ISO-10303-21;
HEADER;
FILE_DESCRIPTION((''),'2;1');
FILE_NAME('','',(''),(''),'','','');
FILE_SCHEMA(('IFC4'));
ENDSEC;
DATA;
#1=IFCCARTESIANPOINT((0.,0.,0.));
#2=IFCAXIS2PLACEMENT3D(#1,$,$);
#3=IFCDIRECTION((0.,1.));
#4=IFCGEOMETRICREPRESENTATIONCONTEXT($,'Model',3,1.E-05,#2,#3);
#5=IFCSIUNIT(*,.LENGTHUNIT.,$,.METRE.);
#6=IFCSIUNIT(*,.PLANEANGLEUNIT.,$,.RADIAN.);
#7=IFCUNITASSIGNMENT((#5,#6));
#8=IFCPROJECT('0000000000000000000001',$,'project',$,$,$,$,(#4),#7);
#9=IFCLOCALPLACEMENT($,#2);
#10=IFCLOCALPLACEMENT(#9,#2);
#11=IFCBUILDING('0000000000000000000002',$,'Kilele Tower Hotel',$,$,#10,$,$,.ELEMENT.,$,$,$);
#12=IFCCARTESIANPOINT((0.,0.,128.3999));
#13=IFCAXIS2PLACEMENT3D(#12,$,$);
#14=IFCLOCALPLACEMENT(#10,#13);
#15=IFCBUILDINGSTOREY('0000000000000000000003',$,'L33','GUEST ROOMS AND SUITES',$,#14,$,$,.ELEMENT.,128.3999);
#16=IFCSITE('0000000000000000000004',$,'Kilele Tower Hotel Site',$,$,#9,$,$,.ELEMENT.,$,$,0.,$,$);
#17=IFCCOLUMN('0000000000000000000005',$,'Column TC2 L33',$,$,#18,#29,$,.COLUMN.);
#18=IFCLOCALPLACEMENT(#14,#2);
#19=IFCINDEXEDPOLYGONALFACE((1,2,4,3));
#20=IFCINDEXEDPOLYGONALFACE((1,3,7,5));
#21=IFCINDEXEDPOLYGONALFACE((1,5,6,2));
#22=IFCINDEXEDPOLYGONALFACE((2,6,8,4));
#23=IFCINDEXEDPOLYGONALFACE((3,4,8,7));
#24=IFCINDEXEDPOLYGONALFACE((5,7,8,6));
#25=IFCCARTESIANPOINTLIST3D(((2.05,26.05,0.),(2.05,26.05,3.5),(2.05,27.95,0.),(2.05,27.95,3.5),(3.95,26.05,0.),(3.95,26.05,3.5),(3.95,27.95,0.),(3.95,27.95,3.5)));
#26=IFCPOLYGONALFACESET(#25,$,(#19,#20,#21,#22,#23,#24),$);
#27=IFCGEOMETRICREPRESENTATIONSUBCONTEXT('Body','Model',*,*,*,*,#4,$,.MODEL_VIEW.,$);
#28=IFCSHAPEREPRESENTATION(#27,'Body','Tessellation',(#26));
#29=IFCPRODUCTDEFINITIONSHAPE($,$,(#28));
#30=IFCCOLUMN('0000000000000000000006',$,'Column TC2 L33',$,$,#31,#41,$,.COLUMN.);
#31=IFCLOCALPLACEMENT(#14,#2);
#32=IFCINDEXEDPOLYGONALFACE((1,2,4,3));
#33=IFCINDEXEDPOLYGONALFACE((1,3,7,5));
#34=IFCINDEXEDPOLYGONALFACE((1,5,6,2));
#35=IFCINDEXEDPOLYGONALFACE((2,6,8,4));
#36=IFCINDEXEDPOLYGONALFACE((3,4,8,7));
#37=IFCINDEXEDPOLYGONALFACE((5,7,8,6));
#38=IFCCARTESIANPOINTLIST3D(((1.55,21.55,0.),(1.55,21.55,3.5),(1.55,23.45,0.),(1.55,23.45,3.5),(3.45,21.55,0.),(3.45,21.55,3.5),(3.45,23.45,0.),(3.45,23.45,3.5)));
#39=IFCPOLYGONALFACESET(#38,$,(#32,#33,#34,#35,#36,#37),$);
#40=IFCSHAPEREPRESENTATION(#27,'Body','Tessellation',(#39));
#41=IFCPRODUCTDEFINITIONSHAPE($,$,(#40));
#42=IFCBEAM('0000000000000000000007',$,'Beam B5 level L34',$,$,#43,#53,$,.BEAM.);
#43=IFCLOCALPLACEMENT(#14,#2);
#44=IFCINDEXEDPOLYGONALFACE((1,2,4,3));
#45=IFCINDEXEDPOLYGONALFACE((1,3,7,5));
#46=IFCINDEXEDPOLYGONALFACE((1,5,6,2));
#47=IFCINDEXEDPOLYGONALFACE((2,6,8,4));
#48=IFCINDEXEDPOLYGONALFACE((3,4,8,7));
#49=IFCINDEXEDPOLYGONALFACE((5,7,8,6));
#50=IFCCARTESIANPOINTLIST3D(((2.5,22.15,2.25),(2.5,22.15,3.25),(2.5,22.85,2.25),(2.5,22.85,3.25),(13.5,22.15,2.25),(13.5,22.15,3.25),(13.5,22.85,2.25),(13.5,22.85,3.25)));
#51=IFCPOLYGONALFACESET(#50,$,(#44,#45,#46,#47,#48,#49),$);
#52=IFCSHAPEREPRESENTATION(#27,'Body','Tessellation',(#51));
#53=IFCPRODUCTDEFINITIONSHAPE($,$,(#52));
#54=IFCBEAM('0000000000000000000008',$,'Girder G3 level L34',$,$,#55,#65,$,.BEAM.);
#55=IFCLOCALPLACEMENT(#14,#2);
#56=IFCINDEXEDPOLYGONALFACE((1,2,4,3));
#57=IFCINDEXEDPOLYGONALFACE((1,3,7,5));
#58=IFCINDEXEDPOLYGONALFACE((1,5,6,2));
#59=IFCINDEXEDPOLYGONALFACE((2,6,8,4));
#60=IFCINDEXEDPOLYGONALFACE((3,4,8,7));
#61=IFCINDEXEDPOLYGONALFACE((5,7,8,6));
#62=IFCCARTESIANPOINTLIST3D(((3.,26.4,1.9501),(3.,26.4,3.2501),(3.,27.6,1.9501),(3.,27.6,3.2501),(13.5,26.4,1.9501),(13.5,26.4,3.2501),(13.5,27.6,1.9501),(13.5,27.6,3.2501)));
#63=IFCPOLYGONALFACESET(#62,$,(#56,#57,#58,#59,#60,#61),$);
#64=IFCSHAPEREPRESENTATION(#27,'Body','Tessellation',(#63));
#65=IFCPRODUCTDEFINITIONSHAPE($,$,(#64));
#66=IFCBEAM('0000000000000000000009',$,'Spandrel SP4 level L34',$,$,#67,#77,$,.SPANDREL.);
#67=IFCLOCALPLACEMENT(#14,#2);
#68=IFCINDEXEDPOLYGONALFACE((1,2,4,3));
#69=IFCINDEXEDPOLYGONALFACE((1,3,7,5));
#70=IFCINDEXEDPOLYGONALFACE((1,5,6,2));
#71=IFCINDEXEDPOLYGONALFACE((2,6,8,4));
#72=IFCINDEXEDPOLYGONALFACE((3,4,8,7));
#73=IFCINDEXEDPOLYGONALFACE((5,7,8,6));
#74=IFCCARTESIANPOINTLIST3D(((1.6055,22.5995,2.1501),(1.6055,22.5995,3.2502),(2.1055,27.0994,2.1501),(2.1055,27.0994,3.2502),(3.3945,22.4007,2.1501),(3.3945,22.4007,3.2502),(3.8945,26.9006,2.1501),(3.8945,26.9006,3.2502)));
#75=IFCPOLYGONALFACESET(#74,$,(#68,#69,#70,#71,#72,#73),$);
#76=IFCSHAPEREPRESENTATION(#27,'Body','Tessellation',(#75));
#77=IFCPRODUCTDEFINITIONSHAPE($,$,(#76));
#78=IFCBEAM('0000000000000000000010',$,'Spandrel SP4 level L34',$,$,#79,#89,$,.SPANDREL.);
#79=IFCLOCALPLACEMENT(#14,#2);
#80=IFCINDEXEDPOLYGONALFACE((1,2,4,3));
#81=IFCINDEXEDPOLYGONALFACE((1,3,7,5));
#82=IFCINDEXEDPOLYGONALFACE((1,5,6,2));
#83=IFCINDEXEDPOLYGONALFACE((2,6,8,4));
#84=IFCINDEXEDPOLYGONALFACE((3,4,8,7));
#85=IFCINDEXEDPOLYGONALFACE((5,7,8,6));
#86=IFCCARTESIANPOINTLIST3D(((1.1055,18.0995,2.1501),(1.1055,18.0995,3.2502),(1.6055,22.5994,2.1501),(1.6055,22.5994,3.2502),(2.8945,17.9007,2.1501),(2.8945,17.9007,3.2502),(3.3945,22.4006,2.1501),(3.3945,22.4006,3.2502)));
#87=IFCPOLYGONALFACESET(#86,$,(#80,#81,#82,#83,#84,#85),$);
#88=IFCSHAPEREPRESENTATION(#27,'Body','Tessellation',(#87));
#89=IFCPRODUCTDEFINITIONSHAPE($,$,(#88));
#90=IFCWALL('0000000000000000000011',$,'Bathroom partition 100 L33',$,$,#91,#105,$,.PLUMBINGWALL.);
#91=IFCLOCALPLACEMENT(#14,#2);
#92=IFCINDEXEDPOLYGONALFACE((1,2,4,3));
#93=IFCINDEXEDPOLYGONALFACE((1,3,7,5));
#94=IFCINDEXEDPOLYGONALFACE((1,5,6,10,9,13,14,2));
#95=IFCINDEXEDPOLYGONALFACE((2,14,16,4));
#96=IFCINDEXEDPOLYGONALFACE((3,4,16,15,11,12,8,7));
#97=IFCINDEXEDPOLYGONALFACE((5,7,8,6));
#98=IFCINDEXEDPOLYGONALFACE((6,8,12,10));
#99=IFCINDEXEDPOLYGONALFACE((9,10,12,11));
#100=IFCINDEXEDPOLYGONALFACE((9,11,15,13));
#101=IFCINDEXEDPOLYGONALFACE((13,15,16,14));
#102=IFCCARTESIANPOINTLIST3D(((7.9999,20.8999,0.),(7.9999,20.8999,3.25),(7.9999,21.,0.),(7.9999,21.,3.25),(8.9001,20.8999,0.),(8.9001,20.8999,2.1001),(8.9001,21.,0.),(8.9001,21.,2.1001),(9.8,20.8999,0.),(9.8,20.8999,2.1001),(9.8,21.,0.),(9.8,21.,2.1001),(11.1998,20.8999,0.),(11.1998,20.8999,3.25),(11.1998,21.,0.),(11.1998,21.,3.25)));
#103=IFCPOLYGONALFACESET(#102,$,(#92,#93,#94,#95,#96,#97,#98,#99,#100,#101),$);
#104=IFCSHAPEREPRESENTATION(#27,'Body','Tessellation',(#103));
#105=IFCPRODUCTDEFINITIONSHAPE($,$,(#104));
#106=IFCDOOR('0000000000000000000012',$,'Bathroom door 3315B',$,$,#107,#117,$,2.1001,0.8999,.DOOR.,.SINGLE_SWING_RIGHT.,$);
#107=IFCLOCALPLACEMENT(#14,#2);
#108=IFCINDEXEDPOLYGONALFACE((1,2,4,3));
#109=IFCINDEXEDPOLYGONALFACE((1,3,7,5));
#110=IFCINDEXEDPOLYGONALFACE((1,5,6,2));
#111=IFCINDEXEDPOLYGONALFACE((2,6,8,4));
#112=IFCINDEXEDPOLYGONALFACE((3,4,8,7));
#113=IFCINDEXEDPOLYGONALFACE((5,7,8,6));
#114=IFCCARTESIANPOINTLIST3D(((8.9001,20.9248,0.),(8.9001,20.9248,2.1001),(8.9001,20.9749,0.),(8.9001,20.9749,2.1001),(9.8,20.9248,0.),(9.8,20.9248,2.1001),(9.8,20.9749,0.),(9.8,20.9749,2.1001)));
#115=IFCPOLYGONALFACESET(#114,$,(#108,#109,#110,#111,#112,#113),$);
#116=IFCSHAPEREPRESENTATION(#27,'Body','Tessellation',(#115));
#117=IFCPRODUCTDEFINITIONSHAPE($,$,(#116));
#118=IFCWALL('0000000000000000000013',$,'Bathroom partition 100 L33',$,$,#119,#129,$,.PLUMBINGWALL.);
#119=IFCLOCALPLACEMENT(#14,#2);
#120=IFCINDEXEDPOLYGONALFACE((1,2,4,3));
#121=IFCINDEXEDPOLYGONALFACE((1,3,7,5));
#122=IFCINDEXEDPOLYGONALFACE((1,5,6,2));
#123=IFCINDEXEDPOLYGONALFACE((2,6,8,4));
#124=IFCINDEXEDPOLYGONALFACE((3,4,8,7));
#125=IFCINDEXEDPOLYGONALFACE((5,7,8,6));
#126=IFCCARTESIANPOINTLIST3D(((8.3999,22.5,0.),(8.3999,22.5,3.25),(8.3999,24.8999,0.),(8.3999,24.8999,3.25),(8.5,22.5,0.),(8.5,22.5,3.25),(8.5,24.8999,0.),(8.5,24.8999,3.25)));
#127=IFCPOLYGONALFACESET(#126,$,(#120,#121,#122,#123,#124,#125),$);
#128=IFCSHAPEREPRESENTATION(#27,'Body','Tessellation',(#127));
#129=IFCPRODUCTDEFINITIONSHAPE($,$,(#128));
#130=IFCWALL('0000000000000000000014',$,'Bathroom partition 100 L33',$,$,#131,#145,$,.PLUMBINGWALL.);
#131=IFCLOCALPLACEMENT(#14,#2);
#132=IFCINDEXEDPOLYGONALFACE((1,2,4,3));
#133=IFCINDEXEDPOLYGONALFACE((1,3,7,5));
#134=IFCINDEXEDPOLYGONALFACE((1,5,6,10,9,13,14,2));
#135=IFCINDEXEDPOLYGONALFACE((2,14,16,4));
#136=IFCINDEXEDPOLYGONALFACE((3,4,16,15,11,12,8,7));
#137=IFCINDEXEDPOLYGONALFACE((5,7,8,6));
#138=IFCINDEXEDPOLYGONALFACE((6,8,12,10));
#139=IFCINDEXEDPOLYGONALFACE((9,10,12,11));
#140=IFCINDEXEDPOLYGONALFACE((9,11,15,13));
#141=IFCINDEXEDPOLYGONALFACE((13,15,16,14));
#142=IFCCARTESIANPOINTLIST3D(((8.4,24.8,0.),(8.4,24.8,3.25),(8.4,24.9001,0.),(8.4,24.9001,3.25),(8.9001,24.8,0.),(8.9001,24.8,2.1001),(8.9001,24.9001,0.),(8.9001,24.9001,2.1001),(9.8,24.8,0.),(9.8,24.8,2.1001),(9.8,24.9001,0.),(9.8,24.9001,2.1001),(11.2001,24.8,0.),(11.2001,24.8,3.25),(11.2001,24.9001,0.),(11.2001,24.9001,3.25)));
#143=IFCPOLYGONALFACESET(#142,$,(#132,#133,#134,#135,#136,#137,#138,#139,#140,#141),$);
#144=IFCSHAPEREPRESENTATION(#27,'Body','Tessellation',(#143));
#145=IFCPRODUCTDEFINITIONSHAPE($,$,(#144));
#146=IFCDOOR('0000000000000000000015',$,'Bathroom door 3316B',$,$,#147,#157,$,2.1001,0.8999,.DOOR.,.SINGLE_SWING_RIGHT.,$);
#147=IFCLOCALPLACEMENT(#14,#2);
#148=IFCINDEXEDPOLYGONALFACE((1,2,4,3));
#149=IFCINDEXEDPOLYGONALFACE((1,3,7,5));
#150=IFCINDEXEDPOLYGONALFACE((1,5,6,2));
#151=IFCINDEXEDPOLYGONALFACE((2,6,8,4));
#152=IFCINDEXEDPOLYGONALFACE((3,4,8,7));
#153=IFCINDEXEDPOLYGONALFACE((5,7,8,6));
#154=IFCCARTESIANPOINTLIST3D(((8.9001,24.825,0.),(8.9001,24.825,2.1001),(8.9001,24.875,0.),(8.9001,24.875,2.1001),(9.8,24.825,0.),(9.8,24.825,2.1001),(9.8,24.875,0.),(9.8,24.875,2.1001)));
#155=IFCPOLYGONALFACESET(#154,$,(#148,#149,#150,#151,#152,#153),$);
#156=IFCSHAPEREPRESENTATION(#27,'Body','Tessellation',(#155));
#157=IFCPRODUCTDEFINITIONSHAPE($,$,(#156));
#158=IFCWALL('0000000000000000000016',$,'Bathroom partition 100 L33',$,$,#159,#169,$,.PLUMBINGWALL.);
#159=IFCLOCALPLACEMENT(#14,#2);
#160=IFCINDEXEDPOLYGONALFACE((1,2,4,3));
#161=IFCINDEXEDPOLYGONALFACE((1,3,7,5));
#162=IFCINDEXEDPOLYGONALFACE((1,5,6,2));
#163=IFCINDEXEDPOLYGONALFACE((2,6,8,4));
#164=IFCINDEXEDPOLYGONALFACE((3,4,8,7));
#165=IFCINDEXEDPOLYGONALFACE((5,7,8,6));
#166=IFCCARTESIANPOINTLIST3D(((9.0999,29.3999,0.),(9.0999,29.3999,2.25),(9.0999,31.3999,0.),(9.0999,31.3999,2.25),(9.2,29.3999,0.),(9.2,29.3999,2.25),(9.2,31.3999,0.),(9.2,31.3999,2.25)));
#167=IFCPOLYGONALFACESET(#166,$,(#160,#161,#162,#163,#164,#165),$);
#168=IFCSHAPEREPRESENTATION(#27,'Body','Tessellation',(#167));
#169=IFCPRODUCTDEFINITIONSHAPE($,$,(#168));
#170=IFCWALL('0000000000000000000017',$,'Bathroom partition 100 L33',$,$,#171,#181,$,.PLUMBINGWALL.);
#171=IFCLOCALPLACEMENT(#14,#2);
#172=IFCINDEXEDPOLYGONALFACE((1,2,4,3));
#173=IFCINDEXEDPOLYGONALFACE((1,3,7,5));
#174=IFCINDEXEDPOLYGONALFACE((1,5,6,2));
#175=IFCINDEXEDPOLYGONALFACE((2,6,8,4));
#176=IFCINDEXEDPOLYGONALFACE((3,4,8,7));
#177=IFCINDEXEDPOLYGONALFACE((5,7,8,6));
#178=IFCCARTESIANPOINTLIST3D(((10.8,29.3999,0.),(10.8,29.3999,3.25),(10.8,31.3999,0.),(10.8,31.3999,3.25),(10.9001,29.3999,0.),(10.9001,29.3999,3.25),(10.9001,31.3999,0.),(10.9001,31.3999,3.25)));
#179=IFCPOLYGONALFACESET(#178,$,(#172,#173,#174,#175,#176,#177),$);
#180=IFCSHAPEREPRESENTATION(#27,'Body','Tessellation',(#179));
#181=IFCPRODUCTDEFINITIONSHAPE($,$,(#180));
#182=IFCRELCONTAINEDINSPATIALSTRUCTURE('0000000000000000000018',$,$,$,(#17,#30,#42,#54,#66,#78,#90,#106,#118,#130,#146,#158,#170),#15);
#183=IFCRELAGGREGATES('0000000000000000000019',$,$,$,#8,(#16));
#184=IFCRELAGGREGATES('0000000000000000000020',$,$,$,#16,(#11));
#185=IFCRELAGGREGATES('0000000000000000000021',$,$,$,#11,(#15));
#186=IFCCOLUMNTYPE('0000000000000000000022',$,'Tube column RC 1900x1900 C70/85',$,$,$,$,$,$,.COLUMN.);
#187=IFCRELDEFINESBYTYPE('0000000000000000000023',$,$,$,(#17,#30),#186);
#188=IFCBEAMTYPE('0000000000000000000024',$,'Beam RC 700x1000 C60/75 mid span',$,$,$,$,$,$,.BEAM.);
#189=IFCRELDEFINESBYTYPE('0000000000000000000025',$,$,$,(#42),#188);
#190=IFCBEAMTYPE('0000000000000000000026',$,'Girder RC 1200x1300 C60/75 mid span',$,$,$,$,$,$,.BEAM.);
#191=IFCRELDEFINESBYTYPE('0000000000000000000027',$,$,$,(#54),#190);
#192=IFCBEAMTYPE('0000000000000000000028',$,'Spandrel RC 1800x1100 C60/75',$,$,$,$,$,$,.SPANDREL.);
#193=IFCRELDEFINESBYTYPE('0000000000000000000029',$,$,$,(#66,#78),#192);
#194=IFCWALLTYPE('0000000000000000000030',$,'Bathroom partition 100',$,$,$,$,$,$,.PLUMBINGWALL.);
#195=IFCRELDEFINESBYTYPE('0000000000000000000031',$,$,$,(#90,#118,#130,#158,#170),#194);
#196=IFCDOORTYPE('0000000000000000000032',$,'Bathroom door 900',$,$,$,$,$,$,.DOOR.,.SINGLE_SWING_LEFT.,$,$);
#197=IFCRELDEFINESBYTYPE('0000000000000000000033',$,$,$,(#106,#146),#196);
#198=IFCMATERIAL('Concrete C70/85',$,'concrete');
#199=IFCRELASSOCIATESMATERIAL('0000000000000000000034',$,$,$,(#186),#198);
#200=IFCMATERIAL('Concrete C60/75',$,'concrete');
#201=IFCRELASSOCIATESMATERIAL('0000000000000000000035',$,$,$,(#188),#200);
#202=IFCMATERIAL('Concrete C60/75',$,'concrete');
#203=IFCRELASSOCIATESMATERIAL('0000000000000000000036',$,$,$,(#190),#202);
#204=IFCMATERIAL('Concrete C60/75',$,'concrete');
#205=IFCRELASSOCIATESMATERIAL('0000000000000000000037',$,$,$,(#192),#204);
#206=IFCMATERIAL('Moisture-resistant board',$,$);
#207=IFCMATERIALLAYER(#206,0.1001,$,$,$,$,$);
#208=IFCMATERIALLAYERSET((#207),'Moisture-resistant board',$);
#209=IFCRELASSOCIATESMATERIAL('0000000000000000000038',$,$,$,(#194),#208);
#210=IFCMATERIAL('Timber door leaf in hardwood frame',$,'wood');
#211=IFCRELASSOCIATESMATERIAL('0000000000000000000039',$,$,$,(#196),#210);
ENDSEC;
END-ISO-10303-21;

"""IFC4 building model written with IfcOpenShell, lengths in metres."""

from ifc_helpers import new_model, si_unit, direction, frame, frame_2d, origin, origin_2d, place, context, subcontext, project, spatial, rectangle, extrude, material, layer, layer_set, material_profile, profile_set, type_object, element, fill, save


model = new_model("IFC4")

# Units and contexts
model_context = context("Model", 3, precision=1e-05, world=origin(), true_north=direction((0.0, 1.0)))
body_context = subcontext(model_context, "Body", "Model", "MODEL_VIEW")
ifc_project = project(units=[si_unit("LENGTHUNIT", "METRE"), si_unit("PLANEANGLEUNIT", "RADIAN")], contexts=[model_context])

# Site, building, storey
site_placement = place(None, origin())
site = spatial("IfcSite", under=ifc_project, at=site_placement, Name="Kilele Tower Hotel Site", CompositionType="ELEMENT", RefElevation=0.0)
building_placement = place(site_placement, origin())
building = spatial("IfcBuilding", under=site, at=building_placement, Name="Kilele Tower Hotel", CompositionType="ELEMENT")
storey_placement = place(building_placement, frame((0.0, 0.0, 128.3999)))
storey = spatial("IfcBuildingStorey", under=building, at=storey_placement, Name="L33", Description="GUEST ROOMS AND SUITES", CompositionType="ELEMENT", Elevation=128.3999)

# Columns
ifc_material_1 = material(Name="Concrete C70/85", Category="concrete")
ifc_material_profile_1 = material_profile(ifc_material_1, rectangle(XDim=1.8999, YDim=1.8999, at=origin_2d()))
ifc_profile_set_1 = profile_set([ifc_material_profile_1], Name="Concrete C70/85")
column_type = type_object("IfcColumnType", Name="Tube column RC 1900x1900 C70/85", PredefinedType="COLUMN", material=ifc_profile_set_1)
for number, where, z_axis, x_axis, name in (
    (1, (3.0, 27.0, 0.0), (0.0, 0.0, 1.0), (1.0, 0.0, 0.0), "Column TC2 L33"),
    (2, (2.5, 22.5, 0.0), (0.0, 0.0, 1.0), (1.0, 0.0, 0.0), "Column TC2 L33"),
):
    element("IfcColumn", number, at=place(storey_placement, frame(where, z_axis=z_axis, x_axis=x_axis)), inside=storey, type_object=column_type, Name=name, PredefinedType="COLUMN", context=body_context, shape_type="SweptSolid", body=[
        extrude(rectangle(XDim=1.8999, YDim=1.8999, at=origin_2d()), origin(), (0.0, 0.0, 1.0), 3.5),
    ])

# Beams
ifc_material_2 = material(Name="Concrete C60/75", Category="concrete")
ifc_material_profile_2 = material_profile(ifc_material_2, rectangle(XDim=0.7, YDim=1.0, at=origin_2d()))
ifc_profile_set_2 = profile_set([ifc_material_profile_2], Name="Concrete C60/75")
beam_type_1 = type_object("IfcBeamType", Name="Beam RC 700x1000 C60/75 mid span", PredefinedType="BEAM", material=ifc_profile_set_2)
beam_1_placement = place(storey_placement, frame((2.5, 22.5, 2.75), z_axis=(1.0, 0.0, 0.0), x_axis=(0.0, 1.0, 0.0)))
element("IfcBeam", 3, at=beam_1_placement, inside=storey, type_object=beam_type_1, Name="Beam B5 level L34", PredefinedType="BEAM", context=body_context, shape_type="SweptSolid", body=[
    extrude(rectangle(XDim=0.7, YDim=1.0, at=origin_2d()), origin(), (0.0, 0.0, 1.0), 11.0),
])
ifc_material_3 = material(Name="Concrete C60/75", Category="concrete")
ifc_material_profile_3 = material_profile(ifc_material_3, rectangle(XDim=1.2, YDim=1.3, at=origin_2d()))
ifc_profile_set_3 = profile_set([ifc_material_profile_3], Name="Concrete C60/75")
beam_type_2 = type_object("IfcBeamType", Name="Girder RC 1200x1300 C60/75 mid span", PredefinedType="BEAM", material=ifc_profile_set_3)
beam_2_placement = place(storey_placement, frame((3.0, 27.0, 2.6001), z_axis=(1.0, 0.0, 0.0), x_axis=(0.0, 1.0, 0.0)))
element("IfcBeam", 4, at=beam_2_placement, inside=storey, type_object=beam_type_2, Name="Girder G3 level L34", PredefinedType="BEAM", context=body_context, shape_type="SweptSolid", body=[
    extrude(rectangle(XDim=1.2, YDim=1.3, at=origin_2d()), origin(), (0.0, 0.0, 1.0), 10.5),
])
ifc_material_4 = material(Name="Concrete C60/75", Category="concrete")
ifc_material_profile_4 = material_profile(ifc_material_4, rectangle(XDim=1.8, YDim=1.1001, at=origin_2d()))
ifc_profile_set_4 = profile_set([ifc_material_profile_4], Name="Concrete C60/75")
beam_type_3 = type_object("IfcBeamType", Name="Spandrel RC 1800x1100 C60/75", PredefinedType="SPANDREL", material=ifc_profile_set_4)
for number, where, z_axis, x_axis, name in (
    (5, (3.0, 27.0, 2.7002), (-0.110432, -0.993884, 0.0), (0.993884, -0.110432, 0.0), "Spandrel SP4 level L34"),
    (6, (2.5, 22.5, 2.7002), (-0.110432, -0.993884, 0.0), (0.993884, -0.110432, 0.0), "Spandrel SP4 level L34"),
):
    element("IfcBeam", number, at=place(storey_placement, frame(where, z_axis=z_axis, x_axis=x_axis)), inside=storey, type_object=beam_type_3, Name=name, PredefinedType="SPANDREL", context=body_context, shape_type="SweptSolid", body=[
        extrude(rectangle(XDim=1.8, YDim=1.1001, at=origin_2d()), origin(), (0.0, 0.0, 1.0), 4.5276),
    ])

# Wall, opening, door
ifc_material_5 = material(Name="Moisture-resistant board")
ifc_layer_1 = layer(ifc_material_5, 0.1001)
ifc_layer_set_1 = layer_set([ifc_layer_1], Name="Moisture-resistant board")
wall_type_1 = type_object("IfcWallType", Name="Bathroom partition 100", PredefinedType="PLUMBINGWALL", material=ifc_layer_set_1)
wall_1_placement = place(storey_placement, frame((11.2, 20.95, 0.0), z_axis=(0.0, 0.0, 1.0), x_axis=(-1.0, 0.0, 0.0)))
wall_1 = element("IfcWall", 7, at=wall_1_placement, inside=storey, type_object=wall_type_1, Name="Bathroom partition 100 L33", PredefinedType="PLUMBINGWALL", context=body_context, shape_type="SweptSolid", body=[
    extrude(rectangle(XDim=3.2, YDim=0.1001, at=frame_2d((1.6001, 0.0))), origin(), (0.0, 0.0, 1.0), 3.25),
])
opening_1_placement = place(wall_1_placement, frame((2.2998, 0.0, 0.0), z_axis=(0.0, 0.0, 1.0), x_axis=(-1.0, 0.0, 0.0)))
opening_1 = element("IfcOpeningElement", 8, at=opening_1_placement, cuts=wall_1, PredefinedType="OPENING", context=body_context, shape_type="SweptSolid", body=[
    extrude(rectangle(XDim=0.8999, YDim=2.1001, at=frame_2d((0.45, 1.05))), frame((0.0, 0.0601, 0.0), z_axis=(0.0, -1.0, 0.0), x_axis=(1.0, 0.0, 0.0)), (0.0, 0.0, 1.0), 0.1201),
])
ifc_material_6 = material(Name="Timber door leaf in hardwood frame", Category="wood")
door_type_1 = type_object("IfcDoorType", Name="Bathroom door 900", OperationType="SINGLE_SWING_LEFT", PredefinedType="DOOR", material=ifc_material_6)
door_1_placement = place(opening_1_placement, origin())
door_1 = element("IfcDoor", 9, at=door_1_placement, inside=storey, type_object=door_type_1, Name="Bathroom door 3315B", OperationType="SINGLE_SWING_RIGHT", OverallHeight=2.1001, OverallWidth=0.8999, PredefinedType="DOOR", context=body_context, shape_type="SweptSolid", body=[
    extrude(rectangle(XDim=0.8999, YDim=2.1001, at=frame_2d((0.45, 1.05))), frame((0.0, 0.0249, 0.0), z_axis=(0.0, -1.0, 0.0), x_axis=(1.0, 0.0, 0.0)), (0.0, 0.0, 1.0), 0.05),
])
fill(opening_1, door_1)

# Wall
wall_2_placement = place(storey_placement, frame((8.45, 22.5, 0.0), z_axis=(0.0, 0.0, 1.0), x_axis=(0.0, 1.0, 0.0)))
element("IfcWall", 10, at=wall_2_placement, inside=storey, type_object=wall_type_1, Name="Bathroom partition 100 L33", PredefinedType="PLUMBINGWALL", context=body_context, shape_type="SweptSolid", body=[
    extrude(rectangle(XDim=2.3999, YDim=0.1001, at=frame_2d((1.2, 0.0))), origin(), (0.0, 0.0, 1.0), 3.25),
])

# Wall, opening, door
wall_3_placement = place(storey_placement, frame((11.2, 24.8501, 0.0), z_axis=(0.0, 0.0, 1.0), x_axis=(-1.0, 0.0, 0.0)))
wall_3 = element("IfcWall", 11, at=wall_3_placement, inside=storey, type_object=wall_type_1, Name="Bathroom partition 100 L33", PredefinedType="PLUMBINGWALL", context=body_context, shape_type="SweptSolid", body=[
    extrude(rectangle(XDim=2.8, YDim=0.1001, at=frame_2d((1.3999, 0.0))), origin(), (0.0, 0.0, 1.0), 3.25),
])
opening_2_placement = place(wall_3_placement, frame((2.2998, 0.0, 0.0), z_axis=(0.0, 0.0, 1.0), x_axis=(-1.0, 0.0, 0.0)))
opening_2 = element("IfcOpeningElement", 12, at=opening_2_placement, cuts=wall_3, PredefinedType="OPENING", context=body_context, shape_type="SweptSolid", body=[
    extrude(rectangle(XDim=0.8999, YDim=2.1001, at=frame_2d((0.45, 1.05))), frame((0.0, 0.0601, 0.0), z_axis=(0.0, -1.0, 0.0), x_axis=(1.0, 0.0, 0.0)), (0.0, 0.0, 1.0), 0.1201),
])
door_2_placement = place(opening_2_placement, origin())
door_2 = element("IfcDoor", 13, at=door_2_placement, inside=storey, type_object=door_type_1, Name="Bathroom door 3316B", OperationType="SINGLE_SWING_RIGHT", OverallHeight=2.1001, OverallWidth=0.8999, PredefinedType="DOOR", context=body_context, shape_type="SweptSolid", body=[
    extrude(rectangle(XDim=0.8999, YDim=2.1001, at=frame_2d((0.45, 1.05))), frame((0.0, 0.0249, 0.0), z_axis=(0.0, -1.0, 0.0), x_axis=(1.0, 0.0, 0.0)), (0.0, 0.0, 1.0), 0.05),
])
fill(opening_2, door_2)

# Walls
wall_4_placement = place(storey_placement, frame((9.1499, 31.3999, 0.0), z_axis=(0.0, 0.0, 1.0), x_axis=(0.0, -1.0, 0.0)))
element("IfcWall", 14, at=wall_4_placement, inside=storey, type_object=wall_type_1, Name="Bathroom partition 100 L33", PredefinedType="PLUMBINGWALL", context=body_context, shape_type="SweptSolid", body=[
    extrude(rectangle(XDim=2.0, YDim=0.1001, at=frame_2d((1.0, 0.0))), origin(), (0.0, 0.0, 1.0), 2.25),
])
wall_5_placement = place(storey_placement, frame((10.8501, 31.3999, 0.0), z_axis=(0.0, 0.0, 1.0), x_axis=(0.0, -1.0, 0.0)))
element("IfcWall", 15, at=wall_5_placement, inside=storey, type_object=wall_type_1, Name="Bathroom partition 100 L33", PredefinedType="PLUMBINGWALL", context=body_context, shape_type="SweptSolid", body=[
    extrude(rectangle(XDim=2.0, YDim=0.1001, at=frame_2d((1.0, 0.0))), origin(), (0.0, 0.0, 1.0), 3.25),
])

save(model, "model.ifc")
